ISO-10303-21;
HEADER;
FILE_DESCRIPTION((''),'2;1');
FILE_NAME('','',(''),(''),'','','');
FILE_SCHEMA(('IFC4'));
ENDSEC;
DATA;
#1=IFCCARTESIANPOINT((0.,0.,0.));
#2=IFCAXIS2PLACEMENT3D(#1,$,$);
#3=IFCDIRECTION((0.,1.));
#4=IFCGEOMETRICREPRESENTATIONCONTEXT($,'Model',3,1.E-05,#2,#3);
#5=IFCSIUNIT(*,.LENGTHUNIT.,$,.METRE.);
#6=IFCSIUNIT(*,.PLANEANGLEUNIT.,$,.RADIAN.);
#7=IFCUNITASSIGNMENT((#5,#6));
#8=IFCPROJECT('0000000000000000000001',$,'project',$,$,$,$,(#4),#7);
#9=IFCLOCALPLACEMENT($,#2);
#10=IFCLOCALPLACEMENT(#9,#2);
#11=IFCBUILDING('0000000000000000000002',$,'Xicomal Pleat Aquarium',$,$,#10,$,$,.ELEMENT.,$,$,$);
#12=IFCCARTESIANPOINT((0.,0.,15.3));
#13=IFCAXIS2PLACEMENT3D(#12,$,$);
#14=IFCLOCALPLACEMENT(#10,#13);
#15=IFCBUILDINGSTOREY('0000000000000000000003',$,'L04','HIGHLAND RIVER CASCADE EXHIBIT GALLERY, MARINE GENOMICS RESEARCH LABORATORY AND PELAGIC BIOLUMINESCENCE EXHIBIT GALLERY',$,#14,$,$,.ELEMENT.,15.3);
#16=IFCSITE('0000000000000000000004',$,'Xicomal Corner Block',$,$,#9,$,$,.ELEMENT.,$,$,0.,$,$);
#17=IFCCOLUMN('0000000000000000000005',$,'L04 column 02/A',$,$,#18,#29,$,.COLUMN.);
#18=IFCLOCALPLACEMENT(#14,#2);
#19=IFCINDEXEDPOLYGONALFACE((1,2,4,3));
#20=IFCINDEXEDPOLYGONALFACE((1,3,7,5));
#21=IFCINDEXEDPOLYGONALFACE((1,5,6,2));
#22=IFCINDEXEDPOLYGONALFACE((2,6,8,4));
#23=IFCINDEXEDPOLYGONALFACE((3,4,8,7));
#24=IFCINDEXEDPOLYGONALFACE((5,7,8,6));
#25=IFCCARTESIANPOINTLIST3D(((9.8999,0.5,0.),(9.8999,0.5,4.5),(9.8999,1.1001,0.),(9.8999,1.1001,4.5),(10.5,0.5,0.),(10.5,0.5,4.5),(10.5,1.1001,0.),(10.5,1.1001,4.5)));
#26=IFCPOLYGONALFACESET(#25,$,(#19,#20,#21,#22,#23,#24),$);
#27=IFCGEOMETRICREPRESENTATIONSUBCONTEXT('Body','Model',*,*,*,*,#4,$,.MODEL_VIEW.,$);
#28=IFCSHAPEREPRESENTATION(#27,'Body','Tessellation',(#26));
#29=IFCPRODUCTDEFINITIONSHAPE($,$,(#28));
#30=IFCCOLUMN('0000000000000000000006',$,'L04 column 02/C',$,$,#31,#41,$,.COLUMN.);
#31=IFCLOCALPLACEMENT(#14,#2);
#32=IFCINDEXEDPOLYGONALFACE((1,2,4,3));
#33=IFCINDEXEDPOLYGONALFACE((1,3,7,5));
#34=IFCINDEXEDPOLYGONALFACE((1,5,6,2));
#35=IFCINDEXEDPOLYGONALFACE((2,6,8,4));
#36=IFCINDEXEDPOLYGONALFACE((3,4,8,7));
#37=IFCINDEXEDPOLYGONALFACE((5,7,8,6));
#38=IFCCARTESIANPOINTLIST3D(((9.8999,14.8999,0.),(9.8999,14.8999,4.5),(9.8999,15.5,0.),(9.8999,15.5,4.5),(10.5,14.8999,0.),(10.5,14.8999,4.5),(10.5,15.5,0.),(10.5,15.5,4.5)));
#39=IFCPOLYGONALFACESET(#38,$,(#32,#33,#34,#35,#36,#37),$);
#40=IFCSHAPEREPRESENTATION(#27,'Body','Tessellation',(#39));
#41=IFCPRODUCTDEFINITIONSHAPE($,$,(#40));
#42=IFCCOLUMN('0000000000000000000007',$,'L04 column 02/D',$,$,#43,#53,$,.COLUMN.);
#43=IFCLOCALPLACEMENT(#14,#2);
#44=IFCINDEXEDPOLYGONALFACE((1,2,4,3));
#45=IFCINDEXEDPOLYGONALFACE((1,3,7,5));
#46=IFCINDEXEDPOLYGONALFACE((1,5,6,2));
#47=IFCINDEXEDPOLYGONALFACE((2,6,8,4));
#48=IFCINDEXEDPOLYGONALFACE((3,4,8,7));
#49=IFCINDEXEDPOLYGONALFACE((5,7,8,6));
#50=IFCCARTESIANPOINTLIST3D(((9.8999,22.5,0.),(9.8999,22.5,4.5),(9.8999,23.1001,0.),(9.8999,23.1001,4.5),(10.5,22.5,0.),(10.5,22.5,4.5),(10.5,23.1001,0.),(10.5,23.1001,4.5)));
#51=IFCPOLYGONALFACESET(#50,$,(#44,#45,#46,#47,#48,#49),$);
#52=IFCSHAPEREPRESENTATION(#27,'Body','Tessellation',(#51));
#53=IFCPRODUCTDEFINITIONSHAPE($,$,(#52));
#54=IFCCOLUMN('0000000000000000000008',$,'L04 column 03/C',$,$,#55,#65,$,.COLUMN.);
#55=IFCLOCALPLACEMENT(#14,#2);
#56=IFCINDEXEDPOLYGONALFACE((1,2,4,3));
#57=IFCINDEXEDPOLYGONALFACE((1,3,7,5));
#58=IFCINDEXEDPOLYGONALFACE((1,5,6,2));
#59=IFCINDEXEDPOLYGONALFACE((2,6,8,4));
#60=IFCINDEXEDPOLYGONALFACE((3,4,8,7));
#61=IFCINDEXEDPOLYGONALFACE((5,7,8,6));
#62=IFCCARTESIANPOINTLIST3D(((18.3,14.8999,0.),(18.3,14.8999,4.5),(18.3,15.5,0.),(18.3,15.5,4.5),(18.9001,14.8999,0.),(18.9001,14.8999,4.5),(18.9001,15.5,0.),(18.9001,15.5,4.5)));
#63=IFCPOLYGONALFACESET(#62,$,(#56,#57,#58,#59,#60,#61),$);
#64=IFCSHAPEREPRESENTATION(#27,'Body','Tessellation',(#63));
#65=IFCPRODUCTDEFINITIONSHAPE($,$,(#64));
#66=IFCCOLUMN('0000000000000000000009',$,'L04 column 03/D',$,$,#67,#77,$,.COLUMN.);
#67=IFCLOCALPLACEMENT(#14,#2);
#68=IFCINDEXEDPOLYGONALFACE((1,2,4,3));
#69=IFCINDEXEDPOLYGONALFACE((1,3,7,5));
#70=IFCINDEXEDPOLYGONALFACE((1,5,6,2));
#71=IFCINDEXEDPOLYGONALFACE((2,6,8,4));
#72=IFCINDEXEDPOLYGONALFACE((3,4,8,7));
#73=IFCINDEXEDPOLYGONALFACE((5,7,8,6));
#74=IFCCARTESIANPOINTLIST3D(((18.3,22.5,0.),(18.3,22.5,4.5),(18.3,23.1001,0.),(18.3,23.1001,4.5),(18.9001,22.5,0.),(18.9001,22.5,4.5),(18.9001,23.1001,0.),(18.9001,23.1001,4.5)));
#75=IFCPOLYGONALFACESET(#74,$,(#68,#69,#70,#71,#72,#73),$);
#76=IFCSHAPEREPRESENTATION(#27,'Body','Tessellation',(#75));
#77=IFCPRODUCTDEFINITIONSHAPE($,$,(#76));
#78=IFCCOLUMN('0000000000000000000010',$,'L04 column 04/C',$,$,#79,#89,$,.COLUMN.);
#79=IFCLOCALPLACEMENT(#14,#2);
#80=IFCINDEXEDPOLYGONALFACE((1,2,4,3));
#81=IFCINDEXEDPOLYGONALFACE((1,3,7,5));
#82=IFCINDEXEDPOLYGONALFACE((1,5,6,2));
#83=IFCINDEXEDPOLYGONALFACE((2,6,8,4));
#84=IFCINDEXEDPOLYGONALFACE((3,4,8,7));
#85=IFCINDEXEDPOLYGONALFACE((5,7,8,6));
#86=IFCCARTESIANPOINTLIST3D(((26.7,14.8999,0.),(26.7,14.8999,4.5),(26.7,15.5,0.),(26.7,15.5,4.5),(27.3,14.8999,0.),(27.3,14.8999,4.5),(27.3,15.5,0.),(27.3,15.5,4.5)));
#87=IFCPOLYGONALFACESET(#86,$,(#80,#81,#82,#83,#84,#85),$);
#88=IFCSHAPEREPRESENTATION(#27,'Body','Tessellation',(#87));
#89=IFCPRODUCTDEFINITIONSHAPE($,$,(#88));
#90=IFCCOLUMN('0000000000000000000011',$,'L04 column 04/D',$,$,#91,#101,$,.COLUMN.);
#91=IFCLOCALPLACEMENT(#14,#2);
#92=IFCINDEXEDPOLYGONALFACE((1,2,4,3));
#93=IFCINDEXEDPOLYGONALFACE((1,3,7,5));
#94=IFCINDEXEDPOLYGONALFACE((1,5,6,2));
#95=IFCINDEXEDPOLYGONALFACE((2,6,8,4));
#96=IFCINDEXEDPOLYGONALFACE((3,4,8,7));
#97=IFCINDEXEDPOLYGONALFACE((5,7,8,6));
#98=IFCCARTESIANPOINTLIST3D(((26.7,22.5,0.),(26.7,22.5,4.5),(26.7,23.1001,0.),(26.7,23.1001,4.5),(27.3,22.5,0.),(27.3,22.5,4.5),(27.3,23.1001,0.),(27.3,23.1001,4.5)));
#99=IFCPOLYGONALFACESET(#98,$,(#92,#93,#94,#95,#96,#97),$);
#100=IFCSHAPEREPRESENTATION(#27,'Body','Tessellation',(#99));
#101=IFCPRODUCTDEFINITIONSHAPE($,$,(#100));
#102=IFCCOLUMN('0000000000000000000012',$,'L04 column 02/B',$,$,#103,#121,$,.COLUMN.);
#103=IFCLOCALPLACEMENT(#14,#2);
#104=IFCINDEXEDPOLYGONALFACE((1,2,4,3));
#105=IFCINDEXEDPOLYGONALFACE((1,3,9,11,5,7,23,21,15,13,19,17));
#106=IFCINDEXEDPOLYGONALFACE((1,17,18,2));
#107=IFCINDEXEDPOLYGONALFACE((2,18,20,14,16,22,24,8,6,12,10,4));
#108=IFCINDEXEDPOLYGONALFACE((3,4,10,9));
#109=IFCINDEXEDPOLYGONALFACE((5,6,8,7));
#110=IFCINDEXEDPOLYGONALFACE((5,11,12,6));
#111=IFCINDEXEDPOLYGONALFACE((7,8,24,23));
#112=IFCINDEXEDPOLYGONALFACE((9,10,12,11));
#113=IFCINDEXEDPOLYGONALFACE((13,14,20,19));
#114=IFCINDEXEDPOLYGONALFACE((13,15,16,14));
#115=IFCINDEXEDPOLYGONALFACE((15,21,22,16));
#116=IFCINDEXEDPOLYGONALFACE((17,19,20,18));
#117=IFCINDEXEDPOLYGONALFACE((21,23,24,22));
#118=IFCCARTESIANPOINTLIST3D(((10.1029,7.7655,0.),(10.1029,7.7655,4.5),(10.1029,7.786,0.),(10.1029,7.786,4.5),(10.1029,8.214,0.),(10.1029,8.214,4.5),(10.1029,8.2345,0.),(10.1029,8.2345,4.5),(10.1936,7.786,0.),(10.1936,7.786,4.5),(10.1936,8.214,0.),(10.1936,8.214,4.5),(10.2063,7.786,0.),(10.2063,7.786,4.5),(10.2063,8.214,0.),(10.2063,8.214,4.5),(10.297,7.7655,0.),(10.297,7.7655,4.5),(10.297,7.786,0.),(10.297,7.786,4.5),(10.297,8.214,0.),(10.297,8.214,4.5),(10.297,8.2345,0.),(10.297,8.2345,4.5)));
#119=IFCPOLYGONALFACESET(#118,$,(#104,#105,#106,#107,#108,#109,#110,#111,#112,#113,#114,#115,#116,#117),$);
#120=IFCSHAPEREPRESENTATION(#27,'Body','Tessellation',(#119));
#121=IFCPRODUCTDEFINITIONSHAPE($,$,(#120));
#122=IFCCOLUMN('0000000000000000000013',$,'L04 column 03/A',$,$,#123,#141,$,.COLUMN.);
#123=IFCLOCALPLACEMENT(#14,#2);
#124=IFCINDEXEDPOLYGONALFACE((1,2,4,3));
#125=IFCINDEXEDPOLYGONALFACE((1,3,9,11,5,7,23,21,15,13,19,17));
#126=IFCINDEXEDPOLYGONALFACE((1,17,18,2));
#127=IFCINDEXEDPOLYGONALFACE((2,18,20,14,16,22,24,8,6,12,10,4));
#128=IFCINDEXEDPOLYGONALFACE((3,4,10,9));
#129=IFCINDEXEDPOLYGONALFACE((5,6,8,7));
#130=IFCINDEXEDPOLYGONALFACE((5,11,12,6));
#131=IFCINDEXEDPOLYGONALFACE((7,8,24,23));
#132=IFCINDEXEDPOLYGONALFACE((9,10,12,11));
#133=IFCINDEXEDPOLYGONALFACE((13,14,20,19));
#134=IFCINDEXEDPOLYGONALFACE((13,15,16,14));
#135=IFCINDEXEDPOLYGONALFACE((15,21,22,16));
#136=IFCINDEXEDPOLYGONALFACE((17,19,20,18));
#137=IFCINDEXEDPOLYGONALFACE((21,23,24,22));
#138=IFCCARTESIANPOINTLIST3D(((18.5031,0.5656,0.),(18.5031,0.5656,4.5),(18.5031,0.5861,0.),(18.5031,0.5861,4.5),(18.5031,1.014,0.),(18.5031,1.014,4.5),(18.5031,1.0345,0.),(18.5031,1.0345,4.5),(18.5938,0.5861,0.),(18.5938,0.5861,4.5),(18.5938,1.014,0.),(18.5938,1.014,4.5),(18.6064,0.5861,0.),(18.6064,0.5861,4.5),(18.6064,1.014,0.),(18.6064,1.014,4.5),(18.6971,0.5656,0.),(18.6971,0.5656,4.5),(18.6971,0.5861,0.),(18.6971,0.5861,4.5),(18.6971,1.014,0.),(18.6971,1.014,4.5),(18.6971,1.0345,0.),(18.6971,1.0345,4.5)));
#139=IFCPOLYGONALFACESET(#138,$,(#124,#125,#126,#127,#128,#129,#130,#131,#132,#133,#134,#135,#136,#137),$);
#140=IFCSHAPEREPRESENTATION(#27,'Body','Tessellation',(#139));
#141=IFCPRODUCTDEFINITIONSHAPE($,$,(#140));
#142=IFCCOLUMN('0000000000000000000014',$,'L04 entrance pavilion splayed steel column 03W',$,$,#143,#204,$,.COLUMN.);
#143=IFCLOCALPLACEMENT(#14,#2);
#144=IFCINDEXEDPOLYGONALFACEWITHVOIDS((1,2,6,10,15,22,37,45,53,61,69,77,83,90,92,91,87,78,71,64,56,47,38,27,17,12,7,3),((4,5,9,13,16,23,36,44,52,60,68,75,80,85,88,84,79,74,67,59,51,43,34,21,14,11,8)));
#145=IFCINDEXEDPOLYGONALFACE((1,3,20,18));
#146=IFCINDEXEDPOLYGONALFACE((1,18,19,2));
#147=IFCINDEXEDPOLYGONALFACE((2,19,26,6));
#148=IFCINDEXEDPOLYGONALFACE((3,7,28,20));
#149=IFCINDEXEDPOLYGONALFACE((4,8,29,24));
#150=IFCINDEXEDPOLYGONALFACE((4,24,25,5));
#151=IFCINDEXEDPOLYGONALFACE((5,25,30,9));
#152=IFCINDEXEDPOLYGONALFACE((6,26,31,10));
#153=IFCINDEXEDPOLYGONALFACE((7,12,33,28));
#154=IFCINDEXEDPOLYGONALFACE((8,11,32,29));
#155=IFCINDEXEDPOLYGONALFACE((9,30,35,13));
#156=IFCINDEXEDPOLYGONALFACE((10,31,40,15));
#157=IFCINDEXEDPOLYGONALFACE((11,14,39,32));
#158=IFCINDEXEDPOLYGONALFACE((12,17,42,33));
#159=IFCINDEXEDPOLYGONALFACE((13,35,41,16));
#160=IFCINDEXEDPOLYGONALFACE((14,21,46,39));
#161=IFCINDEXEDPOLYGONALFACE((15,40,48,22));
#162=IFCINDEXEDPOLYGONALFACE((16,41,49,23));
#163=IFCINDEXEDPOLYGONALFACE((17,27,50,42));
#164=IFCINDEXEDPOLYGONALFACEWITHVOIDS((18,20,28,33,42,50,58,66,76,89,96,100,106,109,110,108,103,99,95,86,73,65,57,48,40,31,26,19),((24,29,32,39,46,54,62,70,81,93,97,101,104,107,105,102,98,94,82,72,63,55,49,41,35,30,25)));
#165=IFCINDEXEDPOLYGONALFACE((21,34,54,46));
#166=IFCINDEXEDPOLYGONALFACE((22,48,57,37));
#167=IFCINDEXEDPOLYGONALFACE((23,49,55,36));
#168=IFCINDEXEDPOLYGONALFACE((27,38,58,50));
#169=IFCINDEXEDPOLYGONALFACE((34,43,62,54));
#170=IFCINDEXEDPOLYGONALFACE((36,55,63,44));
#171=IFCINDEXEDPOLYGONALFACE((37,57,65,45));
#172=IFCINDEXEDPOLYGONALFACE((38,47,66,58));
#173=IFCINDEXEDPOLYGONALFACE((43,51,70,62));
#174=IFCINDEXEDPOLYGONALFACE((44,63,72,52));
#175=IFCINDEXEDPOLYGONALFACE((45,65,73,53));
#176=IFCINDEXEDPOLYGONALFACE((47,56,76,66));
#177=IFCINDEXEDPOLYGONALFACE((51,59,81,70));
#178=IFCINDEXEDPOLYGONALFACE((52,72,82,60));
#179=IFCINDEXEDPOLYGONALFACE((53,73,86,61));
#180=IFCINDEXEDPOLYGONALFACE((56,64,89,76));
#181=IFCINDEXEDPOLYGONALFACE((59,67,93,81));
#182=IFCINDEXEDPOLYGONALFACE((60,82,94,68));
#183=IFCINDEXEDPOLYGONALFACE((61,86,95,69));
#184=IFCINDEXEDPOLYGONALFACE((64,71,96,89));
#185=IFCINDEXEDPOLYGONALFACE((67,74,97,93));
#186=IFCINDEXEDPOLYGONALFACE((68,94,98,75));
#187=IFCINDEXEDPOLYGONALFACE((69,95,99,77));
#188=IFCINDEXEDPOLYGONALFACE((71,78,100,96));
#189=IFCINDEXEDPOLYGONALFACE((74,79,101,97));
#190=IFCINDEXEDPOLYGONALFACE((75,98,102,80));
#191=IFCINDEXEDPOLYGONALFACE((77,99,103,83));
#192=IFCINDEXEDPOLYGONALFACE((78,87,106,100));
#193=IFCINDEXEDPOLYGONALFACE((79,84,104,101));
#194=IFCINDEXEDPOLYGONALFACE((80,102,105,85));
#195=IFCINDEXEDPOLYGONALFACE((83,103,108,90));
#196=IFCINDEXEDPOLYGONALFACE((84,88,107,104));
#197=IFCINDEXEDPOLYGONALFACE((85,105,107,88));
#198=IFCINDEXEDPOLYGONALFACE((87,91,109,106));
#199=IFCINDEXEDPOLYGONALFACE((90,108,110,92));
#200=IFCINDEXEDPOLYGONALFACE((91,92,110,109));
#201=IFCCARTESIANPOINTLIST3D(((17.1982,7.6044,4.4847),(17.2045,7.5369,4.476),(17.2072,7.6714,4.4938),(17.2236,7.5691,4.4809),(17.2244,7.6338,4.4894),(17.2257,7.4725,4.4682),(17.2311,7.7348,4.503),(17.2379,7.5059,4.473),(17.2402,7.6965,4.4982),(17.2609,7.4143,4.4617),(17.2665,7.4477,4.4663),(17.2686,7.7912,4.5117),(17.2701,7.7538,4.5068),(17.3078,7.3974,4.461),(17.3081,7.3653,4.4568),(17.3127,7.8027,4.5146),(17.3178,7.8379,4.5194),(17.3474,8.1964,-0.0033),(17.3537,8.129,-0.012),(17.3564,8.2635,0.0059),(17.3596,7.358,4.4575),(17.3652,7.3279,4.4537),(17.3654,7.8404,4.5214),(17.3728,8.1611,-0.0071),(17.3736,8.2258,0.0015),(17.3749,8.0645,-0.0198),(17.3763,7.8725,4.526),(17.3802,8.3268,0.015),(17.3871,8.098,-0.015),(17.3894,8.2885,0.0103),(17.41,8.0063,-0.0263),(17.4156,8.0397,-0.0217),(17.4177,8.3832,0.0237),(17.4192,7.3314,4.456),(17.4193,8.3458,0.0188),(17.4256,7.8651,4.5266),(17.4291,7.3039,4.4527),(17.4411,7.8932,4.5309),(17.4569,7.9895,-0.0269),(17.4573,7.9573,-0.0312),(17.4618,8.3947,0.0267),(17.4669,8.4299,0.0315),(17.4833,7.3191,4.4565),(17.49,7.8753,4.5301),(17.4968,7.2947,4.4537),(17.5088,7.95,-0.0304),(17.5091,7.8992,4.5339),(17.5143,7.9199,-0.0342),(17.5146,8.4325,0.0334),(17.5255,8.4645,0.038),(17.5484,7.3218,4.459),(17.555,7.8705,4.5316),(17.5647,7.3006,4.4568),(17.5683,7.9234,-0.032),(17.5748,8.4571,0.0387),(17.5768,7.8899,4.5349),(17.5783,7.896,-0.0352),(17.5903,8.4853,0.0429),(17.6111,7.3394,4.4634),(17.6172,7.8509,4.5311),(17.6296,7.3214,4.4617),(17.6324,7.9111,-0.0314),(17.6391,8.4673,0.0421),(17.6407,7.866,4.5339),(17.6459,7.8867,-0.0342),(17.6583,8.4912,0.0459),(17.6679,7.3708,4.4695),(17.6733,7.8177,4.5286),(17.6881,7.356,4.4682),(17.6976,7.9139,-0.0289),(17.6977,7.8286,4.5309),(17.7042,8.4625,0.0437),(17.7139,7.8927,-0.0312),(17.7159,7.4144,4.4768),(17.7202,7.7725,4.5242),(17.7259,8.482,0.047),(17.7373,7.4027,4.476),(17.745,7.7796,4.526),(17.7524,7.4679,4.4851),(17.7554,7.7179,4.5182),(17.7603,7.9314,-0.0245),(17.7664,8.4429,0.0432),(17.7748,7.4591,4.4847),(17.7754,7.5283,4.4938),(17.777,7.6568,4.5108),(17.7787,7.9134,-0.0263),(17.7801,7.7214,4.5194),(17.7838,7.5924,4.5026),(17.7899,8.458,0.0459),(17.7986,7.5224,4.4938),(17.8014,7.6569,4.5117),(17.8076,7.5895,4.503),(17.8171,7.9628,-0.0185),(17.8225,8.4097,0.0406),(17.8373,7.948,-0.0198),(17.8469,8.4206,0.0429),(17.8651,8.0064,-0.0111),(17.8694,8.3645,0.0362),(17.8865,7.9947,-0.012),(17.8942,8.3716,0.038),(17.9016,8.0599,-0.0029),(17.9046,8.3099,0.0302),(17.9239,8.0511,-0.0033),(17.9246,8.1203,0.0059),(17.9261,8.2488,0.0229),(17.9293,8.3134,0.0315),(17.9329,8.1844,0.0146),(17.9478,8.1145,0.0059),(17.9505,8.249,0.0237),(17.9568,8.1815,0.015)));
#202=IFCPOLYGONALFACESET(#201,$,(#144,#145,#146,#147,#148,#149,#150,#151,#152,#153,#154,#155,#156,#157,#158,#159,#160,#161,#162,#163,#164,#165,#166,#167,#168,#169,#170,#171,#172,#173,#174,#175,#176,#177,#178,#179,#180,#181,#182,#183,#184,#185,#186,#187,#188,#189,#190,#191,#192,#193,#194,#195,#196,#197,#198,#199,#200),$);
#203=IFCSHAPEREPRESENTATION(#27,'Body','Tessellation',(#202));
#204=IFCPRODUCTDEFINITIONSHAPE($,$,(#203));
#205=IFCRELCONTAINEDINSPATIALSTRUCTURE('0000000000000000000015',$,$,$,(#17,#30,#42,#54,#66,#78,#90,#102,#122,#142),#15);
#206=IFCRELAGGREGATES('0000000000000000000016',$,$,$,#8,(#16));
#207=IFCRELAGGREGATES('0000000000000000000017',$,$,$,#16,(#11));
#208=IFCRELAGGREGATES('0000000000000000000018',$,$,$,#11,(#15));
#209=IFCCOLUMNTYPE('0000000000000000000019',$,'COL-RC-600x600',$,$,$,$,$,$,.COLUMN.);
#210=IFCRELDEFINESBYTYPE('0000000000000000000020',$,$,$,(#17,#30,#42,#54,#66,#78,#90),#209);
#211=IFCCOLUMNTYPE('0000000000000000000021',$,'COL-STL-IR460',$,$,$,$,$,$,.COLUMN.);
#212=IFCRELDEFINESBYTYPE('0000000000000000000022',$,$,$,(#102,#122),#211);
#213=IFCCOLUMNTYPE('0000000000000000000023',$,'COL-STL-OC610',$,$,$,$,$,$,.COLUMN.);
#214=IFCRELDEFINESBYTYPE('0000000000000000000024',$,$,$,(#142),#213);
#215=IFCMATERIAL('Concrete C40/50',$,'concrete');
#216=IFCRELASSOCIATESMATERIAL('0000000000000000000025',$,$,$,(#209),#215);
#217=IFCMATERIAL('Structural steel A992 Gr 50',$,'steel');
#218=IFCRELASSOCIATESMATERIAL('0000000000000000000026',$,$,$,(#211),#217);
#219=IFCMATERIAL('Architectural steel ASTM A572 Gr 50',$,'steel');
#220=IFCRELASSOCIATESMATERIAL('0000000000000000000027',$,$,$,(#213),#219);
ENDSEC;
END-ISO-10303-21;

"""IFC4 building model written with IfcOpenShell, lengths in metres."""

from ifc_helpers import new_model, si_unit, direction, frame, origin, origin_2d, place, context, subcontext, project, spatial, rectangle, hollow_circle, i_section, extrude, material, material_profile, profile_set, type_object, element, save


model = new_model("IFC4")

# Units and contexts
model_context = context("Model", 3, precision=1e-05, world=origin(), true_north=direction((0.0, 1.0)))
body_context = subcontext(model_context, "Body", "Model", "MODEL_VIEW")
ifc_project = project(units=[si_unit("LENGTHUNIT", "METRE"), si_unit("PLANEANGLEUNIT", "RADIAN")], contexts=[model_context])

# Site, building, storey
site_placement = place(None, origin())
site = spatial("IfcSite", under=ifc_project, at=site_placement, Name="Xicomal Corner Block", CompositionType="ELEMENT", RefElevation=0.0)
building_placement = place(site_placement, origin())
building = spatial("IfcBuilding", under=site, at=building_placement, Name="Xicomal Pleat Aquarium", CompositionType="ELEMENT")
storey_placement = place(building_placement, frame((0.0, 0.0, 15.3)))
storey = spatial("IfcBuildingStorey", under=building, at=storey_placement, Name="L04", Description="HIGHLAND RIVER CASCADE EXHIBIT GALLERY, MARINE GENOMICS RESEARCH LABORATORY AND PELAGIC BIOLUMINESCENCE EXHIBIT GALLERY", CompositionType="ELEMENT", Elevation=15.3)

# Columns
ifc_material_1 = material(Name="Concrete C40/50", Category="concrete")
ifc_material_profile_1 = material_profile(ifc_material_1, rectangle(XDim=0.6001, YDim=0.6001, at=origin_2d()), Name="RC 600x600")
ifc_profile_set_1 = profile_set([ifc_material_profile_1], Name="Concrete C40/50")
column_type_1 = type_object("IfcColumnType", Name="COL-RC-600x600", PredefinedType="COLUMN", material=ifc_profile_set_1)
for number, where, z_axis, x_axis, name in (
    (1, (10.2, 0.8, 0.0), (0.0, 0.0, 1.0), (1.0, 0.0, 0.0), "L04 column 02/A"),
    (2, (10.2, 15.2, 0.0), (0.0, 0.0, 1.0), (1.0, 0.0, 0.0), "L04 column 02/C"),
    (3, (10.2, 22.8, 0.0), (0.0, 0.0, 1.0), (1.0, 0.0, 0.0), "L04 column 02/D"),
    (4, (18.6001, 15.2, 0.0), (0.0, 0.0, 1.0), (1.0, 0.0, 0.0), "L04 column 03/C"),
    (5, (18.6001, 22.8, 0.0), (0.0, 0.0, 1.0), (1.0, 0.0, 0.0), "L04 column 03/D"),
    (6, (27.0, 15.2, 0.0), (0.0, 0.0, 1.0), (1.0, 0.0, 0.0), "L04 column 04/C"),
    (7, (27.0, 22.8, 0.0), (0.0, 0.0, 1.0), (1.0, 0.0, 0.0), "L04 column 04/D"),
):
    element("IfcColumn", number, at=place(storey_placement, frame(where, z_axis=z_axis, x_axis=x_axis)), inside=storey, type_object=column_type_1, Name=name, PredefinedType="COLUMN", context=body_context, shape_type="SweptSolid", body=[
        extrude(rectangle(XDim=0.6001, YDim=0.6001, at=origin_2d()), origin(), (0.0, 0.0, 1.0), 4.5),
    ])
ifc_material_2 = material(Name="Structural steel A992 Gr 50", Category="steel")
ifc_material_profile_2 = material_profile(ifc_material_2, i_section(OverallWidth=0.1941, OverallDepth=0.469, WebThickness=0.0127, FlangeThickness=0.0205, at=origin_2d()), Name="IR 460x106")
ifc_profile_set_2 = profile_set([ifc_material_profile_2], Name="Structural steel A992 Gr 50")
column_type_2 = type_object("IfcColumnType", Name="COL-STL-IR460", PredefinedType="COLUMN", material=ifc_profile_set_2)
for number, where, z_axis, x_axis, name in (
    (8, (10.2, 8.0, 0.0), (0.0, 0.0, 1.0), (1.0, 0.0, 0.0), "L04 column 02/B"),
    (9, (18.6001, 0.8, 0.0), (0.0, 0.0, 1.0), (1.0, 0.0, 0.0), "L04 column 03/A"),
):
    element("IfcColumn", number, at=place(storey_placement, frame(where, z_axis=z_axis, x_axis=x_axis)), inside=storey, type_object=column_type_2, Name=name, PredefinedType="COLUMN", context=body_context, shape_type="SweptSolid", body=[
        extrude(i_section(OverallWidth=0.1941, OverallDepth=0.469, WebThickness=0.0127, FlangeThickness=0.0205, at=origin_2d()), origin(), (0.0, 0.0, 1.0), 4.5),
    ])
ifc_material_3 = material(Name="Architectural steel ASTM A572 Gr 50", Category="steel")
ifc_material_profile_3 = material_profile(ifc_material_3, hollow_circle(Radius=0.3049, WallThickness=0.0239, at=origin_2d()), Name="OC 610x24")
ifc_profile_set_3 = profile_set([ifc_material_profile_3], Name="Architectural steel ASTM A572 Gr 50")
column_type_3 = type_object("IfcColumnType", Name="COL-STL-OC610", PredefinedType="COLUMN", material=ifc_profile_set_3)
for number, where, z_axis, x_axis, name in (
    (10, (17.6521, 8.189, 0.0059), (-0.032934, -0.130711, 0.990873), (0.969694, -0.244323, 0.0), "L04 entrance pavilion splayed steel column 03W"),
):
    element("IfcColumn", number, at=place(storey_placement, frame(where, z_axis=z_axis, x_axis=x_axis)), inside=storey, type_object=column_type_3, Name=name, PredefinedType="COLUMN", context=body_context, shape_type="SweptSolid", body=[
        extrude(hollow_circle(Radius=0.3049, WallThickness=0.0239, at=origin_2d()), origin(), (0.0, 0.0, 1.0), 4.5293),
    ])

save(model, "model.ifc")
